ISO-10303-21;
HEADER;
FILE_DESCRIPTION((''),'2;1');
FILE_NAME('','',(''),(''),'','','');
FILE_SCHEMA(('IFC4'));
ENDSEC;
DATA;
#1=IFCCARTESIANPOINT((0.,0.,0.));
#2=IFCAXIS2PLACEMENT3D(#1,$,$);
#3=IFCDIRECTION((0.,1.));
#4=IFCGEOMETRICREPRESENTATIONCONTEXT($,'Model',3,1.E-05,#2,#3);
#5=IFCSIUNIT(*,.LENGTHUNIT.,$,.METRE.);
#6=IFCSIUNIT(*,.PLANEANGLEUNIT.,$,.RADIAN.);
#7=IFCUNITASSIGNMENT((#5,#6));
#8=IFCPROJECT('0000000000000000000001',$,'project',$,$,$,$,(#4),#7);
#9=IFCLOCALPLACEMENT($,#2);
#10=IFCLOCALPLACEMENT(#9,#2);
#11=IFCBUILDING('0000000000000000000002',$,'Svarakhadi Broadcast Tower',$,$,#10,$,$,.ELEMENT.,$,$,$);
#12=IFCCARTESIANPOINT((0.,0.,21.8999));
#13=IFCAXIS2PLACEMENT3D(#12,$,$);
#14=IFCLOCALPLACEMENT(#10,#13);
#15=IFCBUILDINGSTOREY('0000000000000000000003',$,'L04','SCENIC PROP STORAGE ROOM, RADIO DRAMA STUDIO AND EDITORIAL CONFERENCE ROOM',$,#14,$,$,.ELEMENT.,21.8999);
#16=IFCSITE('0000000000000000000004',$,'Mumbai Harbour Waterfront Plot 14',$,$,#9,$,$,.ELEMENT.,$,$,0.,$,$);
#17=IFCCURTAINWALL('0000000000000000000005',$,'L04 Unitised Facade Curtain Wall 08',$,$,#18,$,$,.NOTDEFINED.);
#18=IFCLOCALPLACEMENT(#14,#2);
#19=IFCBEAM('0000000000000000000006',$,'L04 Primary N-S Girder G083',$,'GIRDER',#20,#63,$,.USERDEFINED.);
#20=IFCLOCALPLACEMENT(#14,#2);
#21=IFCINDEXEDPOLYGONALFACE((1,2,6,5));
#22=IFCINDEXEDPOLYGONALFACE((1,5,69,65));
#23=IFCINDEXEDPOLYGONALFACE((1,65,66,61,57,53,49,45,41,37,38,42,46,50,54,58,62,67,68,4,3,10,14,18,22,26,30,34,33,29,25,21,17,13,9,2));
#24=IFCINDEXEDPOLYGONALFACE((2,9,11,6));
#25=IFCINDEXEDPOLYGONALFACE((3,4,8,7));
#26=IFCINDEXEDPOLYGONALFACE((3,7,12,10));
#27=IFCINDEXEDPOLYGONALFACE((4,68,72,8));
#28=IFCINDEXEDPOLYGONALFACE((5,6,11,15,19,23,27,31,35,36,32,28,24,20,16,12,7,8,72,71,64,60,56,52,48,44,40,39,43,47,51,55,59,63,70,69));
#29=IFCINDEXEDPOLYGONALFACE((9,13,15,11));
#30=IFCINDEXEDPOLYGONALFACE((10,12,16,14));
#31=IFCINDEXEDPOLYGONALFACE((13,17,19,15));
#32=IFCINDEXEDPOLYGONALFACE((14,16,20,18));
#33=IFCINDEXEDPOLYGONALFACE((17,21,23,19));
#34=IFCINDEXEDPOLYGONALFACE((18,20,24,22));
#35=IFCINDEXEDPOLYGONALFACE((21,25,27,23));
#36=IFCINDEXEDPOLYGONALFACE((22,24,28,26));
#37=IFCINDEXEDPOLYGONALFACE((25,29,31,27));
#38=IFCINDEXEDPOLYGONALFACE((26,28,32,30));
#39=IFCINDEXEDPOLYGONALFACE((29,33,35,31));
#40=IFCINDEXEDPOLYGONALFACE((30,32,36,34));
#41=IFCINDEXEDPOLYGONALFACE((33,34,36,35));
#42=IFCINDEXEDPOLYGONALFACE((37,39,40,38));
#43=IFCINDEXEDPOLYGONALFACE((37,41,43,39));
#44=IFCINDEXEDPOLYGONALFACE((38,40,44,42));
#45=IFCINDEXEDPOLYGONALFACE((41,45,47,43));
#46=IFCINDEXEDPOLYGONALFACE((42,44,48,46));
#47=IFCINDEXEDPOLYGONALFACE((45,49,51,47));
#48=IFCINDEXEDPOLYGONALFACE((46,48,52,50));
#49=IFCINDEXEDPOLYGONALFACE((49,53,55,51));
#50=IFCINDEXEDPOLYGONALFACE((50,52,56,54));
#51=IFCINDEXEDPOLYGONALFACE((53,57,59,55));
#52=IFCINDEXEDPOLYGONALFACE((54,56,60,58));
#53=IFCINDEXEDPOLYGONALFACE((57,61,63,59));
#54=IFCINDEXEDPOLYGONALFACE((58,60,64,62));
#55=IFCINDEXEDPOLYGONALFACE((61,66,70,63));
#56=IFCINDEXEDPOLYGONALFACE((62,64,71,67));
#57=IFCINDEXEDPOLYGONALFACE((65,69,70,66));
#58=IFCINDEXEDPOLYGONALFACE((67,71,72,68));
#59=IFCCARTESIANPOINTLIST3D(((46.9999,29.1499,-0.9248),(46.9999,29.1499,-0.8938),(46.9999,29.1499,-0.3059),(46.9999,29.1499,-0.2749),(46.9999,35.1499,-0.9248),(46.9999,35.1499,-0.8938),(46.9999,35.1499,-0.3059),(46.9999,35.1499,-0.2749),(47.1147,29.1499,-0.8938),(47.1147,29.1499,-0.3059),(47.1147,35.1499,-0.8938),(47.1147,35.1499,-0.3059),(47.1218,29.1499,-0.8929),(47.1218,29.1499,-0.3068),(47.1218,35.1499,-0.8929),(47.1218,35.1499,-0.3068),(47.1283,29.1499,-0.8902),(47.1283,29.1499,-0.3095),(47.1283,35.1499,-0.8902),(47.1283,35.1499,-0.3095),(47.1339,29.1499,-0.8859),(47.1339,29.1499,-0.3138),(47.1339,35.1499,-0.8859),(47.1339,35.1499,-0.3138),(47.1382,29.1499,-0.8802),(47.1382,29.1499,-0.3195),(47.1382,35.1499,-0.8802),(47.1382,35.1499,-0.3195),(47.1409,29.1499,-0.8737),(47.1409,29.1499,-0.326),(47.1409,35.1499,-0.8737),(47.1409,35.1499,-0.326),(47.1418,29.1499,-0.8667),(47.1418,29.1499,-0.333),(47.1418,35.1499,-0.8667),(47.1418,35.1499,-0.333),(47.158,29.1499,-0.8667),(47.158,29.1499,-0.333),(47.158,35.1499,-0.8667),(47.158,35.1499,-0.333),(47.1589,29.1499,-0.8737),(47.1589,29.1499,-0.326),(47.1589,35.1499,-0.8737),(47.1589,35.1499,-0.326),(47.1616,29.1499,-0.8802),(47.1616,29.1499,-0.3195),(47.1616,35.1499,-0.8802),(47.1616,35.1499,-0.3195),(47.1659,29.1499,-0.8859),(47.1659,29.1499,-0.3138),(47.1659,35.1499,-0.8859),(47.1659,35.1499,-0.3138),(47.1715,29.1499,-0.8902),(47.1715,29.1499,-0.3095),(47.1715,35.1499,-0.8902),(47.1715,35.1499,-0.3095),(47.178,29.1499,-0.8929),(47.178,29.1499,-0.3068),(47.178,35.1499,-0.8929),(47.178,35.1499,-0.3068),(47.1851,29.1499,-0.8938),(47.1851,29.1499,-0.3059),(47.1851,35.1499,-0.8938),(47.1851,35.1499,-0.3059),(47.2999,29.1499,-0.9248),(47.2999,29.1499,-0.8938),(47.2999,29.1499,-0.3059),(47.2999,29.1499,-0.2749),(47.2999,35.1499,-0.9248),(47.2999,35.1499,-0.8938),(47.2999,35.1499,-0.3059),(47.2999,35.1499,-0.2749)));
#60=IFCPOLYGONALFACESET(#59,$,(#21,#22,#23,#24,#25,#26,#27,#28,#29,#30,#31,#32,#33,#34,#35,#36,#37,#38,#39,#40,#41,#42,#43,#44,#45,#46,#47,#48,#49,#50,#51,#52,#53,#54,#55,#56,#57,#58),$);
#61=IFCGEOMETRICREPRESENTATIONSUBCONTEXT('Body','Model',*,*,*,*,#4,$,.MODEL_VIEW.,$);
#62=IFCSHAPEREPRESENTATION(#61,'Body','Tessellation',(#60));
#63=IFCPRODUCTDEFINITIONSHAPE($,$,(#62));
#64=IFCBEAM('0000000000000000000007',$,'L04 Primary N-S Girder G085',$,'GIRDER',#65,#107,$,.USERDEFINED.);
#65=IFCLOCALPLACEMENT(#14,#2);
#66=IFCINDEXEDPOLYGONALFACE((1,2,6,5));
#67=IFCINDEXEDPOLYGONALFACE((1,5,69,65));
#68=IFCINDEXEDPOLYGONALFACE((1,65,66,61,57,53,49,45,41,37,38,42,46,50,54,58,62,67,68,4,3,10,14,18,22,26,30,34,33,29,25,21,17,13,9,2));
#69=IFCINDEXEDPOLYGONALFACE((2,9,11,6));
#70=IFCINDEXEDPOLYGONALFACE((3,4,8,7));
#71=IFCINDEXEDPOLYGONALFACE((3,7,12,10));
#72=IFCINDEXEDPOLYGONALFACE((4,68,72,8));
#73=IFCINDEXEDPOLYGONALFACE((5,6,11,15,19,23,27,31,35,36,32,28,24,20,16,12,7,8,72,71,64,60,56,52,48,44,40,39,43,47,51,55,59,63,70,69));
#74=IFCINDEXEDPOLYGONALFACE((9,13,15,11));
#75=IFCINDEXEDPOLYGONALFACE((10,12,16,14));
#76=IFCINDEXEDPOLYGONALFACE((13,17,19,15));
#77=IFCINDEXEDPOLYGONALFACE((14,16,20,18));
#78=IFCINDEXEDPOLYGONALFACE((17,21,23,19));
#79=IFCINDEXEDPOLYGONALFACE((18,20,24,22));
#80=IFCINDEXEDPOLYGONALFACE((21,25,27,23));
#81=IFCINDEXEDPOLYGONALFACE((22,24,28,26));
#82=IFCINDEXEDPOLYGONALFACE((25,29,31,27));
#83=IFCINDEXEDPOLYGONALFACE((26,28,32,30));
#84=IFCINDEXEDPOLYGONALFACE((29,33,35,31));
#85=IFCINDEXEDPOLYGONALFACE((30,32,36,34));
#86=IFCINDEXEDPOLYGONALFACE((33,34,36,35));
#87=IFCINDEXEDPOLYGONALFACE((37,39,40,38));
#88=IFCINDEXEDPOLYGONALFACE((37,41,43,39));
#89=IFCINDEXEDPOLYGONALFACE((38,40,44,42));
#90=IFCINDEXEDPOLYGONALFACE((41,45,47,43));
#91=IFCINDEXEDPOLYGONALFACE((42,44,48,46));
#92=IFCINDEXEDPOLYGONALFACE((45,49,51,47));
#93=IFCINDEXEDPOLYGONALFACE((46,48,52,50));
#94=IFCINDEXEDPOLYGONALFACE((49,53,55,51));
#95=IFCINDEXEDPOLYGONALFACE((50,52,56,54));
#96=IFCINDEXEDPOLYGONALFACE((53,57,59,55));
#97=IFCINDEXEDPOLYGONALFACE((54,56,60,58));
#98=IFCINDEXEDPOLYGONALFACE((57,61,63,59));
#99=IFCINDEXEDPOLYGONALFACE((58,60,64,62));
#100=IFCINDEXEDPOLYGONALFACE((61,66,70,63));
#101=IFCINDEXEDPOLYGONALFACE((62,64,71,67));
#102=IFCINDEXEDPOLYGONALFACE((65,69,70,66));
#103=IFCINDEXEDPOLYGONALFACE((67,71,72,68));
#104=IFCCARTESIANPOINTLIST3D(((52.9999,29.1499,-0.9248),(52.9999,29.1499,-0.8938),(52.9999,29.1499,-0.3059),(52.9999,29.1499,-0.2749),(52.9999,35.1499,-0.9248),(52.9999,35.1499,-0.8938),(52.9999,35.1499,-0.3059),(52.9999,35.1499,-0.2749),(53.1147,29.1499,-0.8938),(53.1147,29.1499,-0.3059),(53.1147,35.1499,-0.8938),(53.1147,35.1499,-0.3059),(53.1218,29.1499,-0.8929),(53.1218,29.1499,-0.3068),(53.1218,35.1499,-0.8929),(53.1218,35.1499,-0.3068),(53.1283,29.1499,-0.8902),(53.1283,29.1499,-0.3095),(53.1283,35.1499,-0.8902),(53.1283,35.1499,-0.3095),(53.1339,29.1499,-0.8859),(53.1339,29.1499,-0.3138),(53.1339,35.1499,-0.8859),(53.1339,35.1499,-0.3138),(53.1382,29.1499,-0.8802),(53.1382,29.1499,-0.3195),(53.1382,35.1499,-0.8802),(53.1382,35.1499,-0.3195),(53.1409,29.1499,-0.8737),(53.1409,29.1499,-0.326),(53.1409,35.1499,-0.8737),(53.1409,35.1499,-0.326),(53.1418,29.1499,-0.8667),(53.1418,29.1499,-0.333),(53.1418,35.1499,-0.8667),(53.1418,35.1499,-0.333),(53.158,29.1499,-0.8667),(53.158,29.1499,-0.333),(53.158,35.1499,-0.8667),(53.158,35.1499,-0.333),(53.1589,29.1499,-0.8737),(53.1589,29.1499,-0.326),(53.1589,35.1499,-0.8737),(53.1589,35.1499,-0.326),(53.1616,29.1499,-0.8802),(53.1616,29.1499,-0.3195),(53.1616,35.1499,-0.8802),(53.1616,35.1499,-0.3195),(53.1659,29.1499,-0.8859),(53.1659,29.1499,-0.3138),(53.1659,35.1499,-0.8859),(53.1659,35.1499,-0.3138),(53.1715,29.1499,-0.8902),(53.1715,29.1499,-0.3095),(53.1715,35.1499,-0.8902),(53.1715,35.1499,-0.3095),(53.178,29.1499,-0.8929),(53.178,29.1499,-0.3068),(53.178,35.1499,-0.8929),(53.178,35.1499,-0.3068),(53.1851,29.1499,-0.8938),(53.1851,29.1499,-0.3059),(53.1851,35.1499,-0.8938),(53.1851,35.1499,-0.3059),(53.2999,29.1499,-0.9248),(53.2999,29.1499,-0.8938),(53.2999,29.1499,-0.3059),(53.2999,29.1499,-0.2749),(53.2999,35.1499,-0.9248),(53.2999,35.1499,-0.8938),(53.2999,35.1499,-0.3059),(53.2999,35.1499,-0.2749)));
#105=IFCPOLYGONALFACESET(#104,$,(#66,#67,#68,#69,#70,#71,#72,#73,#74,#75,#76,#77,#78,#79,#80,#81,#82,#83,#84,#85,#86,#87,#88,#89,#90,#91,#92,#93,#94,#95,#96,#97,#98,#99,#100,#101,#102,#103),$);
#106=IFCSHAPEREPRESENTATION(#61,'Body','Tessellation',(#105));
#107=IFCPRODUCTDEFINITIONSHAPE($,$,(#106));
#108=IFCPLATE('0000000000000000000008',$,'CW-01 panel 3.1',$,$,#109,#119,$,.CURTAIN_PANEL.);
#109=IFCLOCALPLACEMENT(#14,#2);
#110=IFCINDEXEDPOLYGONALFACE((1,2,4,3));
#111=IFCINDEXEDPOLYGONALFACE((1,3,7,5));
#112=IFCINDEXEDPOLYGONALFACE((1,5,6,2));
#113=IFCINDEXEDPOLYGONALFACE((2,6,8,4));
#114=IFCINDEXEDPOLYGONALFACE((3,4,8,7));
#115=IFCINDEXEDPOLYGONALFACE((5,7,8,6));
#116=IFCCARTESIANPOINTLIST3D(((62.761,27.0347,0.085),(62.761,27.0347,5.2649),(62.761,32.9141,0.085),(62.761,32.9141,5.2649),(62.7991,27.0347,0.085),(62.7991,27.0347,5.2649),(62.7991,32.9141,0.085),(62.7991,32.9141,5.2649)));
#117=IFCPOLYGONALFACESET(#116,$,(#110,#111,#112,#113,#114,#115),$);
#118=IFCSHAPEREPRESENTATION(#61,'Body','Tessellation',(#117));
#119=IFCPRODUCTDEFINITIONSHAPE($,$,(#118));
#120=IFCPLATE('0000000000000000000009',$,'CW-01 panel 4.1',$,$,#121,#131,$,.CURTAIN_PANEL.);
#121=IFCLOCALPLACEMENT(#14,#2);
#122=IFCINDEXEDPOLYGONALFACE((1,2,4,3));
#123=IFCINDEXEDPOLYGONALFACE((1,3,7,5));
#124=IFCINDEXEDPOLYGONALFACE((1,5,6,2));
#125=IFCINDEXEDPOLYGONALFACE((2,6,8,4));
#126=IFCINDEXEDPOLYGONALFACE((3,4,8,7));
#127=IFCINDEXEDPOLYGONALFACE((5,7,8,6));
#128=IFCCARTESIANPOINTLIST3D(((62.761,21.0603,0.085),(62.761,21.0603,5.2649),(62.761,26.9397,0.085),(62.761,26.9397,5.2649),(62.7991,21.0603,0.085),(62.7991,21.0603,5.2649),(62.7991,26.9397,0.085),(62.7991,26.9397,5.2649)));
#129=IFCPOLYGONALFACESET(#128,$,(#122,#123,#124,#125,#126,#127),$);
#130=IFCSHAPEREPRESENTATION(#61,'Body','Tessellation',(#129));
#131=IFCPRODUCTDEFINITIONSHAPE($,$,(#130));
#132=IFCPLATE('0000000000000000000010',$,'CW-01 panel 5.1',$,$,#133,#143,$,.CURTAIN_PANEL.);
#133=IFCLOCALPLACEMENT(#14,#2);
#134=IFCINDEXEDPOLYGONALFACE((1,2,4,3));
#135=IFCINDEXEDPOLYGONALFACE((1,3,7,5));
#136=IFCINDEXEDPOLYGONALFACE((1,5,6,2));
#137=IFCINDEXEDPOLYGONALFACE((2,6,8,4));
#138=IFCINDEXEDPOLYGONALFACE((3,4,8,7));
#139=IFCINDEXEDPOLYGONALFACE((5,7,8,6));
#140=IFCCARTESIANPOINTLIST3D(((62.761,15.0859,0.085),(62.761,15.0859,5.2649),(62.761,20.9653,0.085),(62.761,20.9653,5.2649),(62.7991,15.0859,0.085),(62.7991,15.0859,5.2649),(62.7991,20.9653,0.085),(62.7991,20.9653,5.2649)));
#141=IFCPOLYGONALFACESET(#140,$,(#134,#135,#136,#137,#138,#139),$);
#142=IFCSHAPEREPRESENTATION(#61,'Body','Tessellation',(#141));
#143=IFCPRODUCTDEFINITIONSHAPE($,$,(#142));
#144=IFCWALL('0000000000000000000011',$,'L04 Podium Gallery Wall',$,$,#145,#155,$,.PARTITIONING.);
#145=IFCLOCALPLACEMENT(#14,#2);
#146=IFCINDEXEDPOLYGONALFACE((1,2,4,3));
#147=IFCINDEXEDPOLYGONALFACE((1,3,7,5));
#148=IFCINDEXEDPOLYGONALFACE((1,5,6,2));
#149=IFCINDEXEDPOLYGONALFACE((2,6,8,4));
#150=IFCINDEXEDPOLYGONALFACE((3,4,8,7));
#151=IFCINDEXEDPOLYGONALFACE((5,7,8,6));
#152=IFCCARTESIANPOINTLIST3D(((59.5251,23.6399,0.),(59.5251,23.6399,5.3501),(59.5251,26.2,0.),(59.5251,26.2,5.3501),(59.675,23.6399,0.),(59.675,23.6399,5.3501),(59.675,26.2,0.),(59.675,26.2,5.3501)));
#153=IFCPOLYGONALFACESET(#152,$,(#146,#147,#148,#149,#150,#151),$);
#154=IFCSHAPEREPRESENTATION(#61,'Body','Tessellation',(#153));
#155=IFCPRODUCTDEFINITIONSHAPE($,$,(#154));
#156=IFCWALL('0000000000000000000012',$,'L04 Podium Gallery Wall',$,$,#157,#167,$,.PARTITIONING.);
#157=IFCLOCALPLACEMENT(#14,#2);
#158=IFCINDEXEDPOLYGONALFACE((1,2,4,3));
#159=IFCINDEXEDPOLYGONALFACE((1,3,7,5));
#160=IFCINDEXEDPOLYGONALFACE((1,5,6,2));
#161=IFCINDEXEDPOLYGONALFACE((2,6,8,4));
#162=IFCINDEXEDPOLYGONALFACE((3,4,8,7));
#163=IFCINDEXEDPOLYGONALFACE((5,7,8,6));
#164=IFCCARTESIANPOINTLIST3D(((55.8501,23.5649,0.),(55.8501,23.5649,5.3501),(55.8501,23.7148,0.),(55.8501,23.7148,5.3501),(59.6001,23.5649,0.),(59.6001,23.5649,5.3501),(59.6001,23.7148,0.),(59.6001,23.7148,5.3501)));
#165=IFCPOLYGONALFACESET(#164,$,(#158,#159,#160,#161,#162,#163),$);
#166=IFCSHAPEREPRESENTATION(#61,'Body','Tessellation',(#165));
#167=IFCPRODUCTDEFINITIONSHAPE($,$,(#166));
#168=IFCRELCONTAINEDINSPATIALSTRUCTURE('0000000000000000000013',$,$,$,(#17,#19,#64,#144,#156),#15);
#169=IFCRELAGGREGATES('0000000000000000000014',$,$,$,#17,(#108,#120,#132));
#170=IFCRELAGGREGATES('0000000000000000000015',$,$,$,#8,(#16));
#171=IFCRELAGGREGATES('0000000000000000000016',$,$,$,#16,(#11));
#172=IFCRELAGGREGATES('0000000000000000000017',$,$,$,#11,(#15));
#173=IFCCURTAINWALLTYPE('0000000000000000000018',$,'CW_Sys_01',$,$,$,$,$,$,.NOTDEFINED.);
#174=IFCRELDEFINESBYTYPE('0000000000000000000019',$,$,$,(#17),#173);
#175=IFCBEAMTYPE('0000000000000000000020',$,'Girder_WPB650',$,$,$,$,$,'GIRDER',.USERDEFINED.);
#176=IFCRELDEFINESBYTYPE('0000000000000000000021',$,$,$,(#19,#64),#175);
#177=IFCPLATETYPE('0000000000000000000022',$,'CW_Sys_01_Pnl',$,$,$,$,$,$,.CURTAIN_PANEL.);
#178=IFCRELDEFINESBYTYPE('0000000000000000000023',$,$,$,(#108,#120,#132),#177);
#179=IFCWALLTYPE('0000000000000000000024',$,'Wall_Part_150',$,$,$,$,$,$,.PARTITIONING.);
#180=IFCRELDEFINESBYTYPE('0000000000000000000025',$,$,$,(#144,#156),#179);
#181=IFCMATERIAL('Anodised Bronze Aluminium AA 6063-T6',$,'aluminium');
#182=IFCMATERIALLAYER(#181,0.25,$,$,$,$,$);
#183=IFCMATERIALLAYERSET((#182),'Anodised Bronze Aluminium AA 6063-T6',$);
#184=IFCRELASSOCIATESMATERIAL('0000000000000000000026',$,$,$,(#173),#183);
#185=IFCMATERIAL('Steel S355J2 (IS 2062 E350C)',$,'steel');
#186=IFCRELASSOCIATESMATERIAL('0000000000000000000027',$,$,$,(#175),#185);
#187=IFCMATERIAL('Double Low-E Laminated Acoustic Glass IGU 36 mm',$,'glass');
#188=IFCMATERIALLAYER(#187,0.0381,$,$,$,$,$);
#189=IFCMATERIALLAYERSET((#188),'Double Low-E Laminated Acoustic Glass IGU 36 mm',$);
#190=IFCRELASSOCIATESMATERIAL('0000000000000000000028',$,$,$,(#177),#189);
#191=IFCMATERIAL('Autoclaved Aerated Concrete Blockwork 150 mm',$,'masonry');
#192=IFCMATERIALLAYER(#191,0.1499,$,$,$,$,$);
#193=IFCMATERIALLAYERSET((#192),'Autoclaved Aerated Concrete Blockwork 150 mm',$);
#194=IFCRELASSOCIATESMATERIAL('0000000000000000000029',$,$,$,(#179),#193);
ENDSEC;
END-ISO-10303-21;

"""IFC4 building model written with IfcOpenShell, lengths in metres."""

from ifc_helpers import new_model, si_unit, direction, frame, frame_2d, origin, origin_2d, place, context, subcontext, project, spatial, rectangle, i_section, extrude, material, layer, layer_set, material_profile, profile_set, type_object, element, aggregate, save


model = new_model("IFC4")

# Units and contexts
model_context = context("Model", 3, precision=1e-05, world=origin(), true_north=direction((0.0, 1.0)))
body_context = subcontext(model_context, "Body", "Model", "MODEL_VIEW")
ifc_project = project(units=[si_unit("LENGTHUNIT", "METRE"), si_unit("PLANEANGLEUNIT", "RADIAN")], contexts=[model_context])

# Site, building, storey
site_placement = place(None, origin())
site = spatial("IfcSite", under=ifc_project, at=site_placement, Name="Mumbai Harbour Waterfront Plot 14", CompositionType="ELEMENT", RefElevation=0.0)
building_placement = place(site_placement, origin())
building = spatial("IfcBuilding", under=site, at=building_placement, Name="Svarakhadi Broadcast Tower", CompositionType="ELEMENT")
storey_placement = place(building_placement, frame((0.0, 0.0, 21.8999)))
storey = spatial("IfcBuildingStorey", under=building, at=storey_placement, Name="L04", Description="SCENIC PROP STORAGE ROOM, RADIO DRAMA STUDIO AND EDITORIAL CONFERENCE ROOM", CompositionType="ELEMENT", Elevation=21.8999)

# Shared definitions
ifc_material_1 = material(Name="Steel S355J2 (IS 2062 E350C)", Category="steel")

# Curtain wall
ifc_material_2 = material(Name="Anodised Bronze Aluminium AA 6063-T6", Category="aluminium")
ifc_layer_1 = layer(ifc_material_2, 0.25)
ifc_layer_set_1 = layer_set([ifc_layer_1], Name="Anodised Bronze Aluminium AA 6063-T6")
curtain_wall_type = type_object("IfcCurtainWallType", Name="CW_Sys_01", PredefinedType="NOTDEFINED", material=ifc_layer_set_1)
curtain_wall_placement = place(storey_placement, origin())
curtain_wall = element("IfcCurtainWall", 1, at=curtain_wall_placement, inside=storey, type_object=curtain_wall_type, Name="L04 Unitised Facade Curtain Wall 08", PredefinedType="NOTDEFINED")

# Beams
ifc_material_profile_1 = material_profile(ifc_material_1, i_section(OverallWidth=0.3, OverallDepth=0.6499, WebThickness=0.0161, FlangeThickness=0.031, FilletRadius=0.0271, at=origin_2d()), Name="WPB 650x300x225")
ifc_profile_set_1 = profile_set([ifc_material_profile_1], Name="Steel S355J2 (IS 2062 E350C)")
beam_type_1 = type_object("IfcBeamType", Name="Girder_WPB650", ElementType="GIRDER", PredefinedType="USERDEFINED", material=ifc_profile_set_1)
for number, where, z_axis, x_axis, name in (
    (2, (47.1499, 29.1499, -0.5999), (0.0, 1.0, 0.0), (-1.0, 0.0, 0.0), "L04 Primary N-S Girder G083"),
    (3, (53.1499, 29.1499, -0.5999), (0.0, 1.0, 0.0), (-1.0, 0.0, 0.0), "L04 Primary N-S Girder G085"),
):
    element("IfcBeam", number, at=place(storey_placement, frame(where, z_axis=z_axis, x_axis=x_axis)), inside=storey, type_object=beam_type_1, Name=name, ObjectType="GIRDER", PredefinedType="USERDEFINED", context=body_context, shape_type="SweptSolid", body=[
        extrude(i_section(OverallWidth=0.3, OverallDepth=0.6499, WebThickness=0.0161, FlangeThickness=0.031, FilletRadius=0.0271, at=origin_2d()), origin(), (0.0, 0.0, 1.0), 6.0),
    ])

# Plates
ifc_material_3 = material(Name="Double Low-E Laminated Acoustic Glass IGU 36 mm", Category="glass")
ifc_layer_2 = layer(ifc_material_3, 0.0381)
ifc_layer_set_2 = layer_set([ifc_layer_2], Name="Double Low-E Laminated Acoustic Glass IGU 36 mm")
plate_type = type_object("IfcPlateType", Name="CW_Sys_01_Pnl", PredefinedType="CURTAIN_PANEL", material=ifc_layer_set_2)
plate_1_placement = place(storey_placement, frame((62.78, 29.9744, 0.085), z_axis=(0.0, 0.0, 1.0), x_axis=(0.0, -1.0, 0.0)))
plate_1 = element("IfcPlate", 4, at=plate_1_placement, type_object=plate_type, Name="CW-01 panel 3.1", PredefinedType="CURTAIN_PANEL", context=body_context, shape_type="SweptSolid", body=[
    extrude(rectangle(XDim=5.8794, YDim=0.0381, at=origin_2d()), origin(), (0.0, 0.0, 1.0), 5.1799),
])
plate_2_placement = place(storey_placement, frame((62.78, 24.0, 0.085), z_axis=(0.0, 0.0, 1.0), x_axis=(0.0, -1.0, 0.0)))
plate_2 = element("IfcPlate", 5, at=plate_2_placement, type_object=plate_type, Name="CW-01 panel 4.1", PredefinedType="CURTAIN_PANEL", context=body_context, shape_type="SweptSolid", body=[
    extrude(rectangle(XDim=5.8794, YDim=0.0381, at=origin_2d()), origin(), (0.0, 0.0, 1.0), 5.1799),
])
plate_3_placement = place(storey_placement, frame((62.78, 18.0256, 0.085), z_axis=(0.0, 0.0, 1.0), x_axis=(0.0, -1.0, 0.0)))
plate_3 = element("IfcPlate", 6, at=plate_3_placement, type_object=plate_type, Name="CW-01 panel 5.1", PredefinedType="CURTAIN_PANEL", context=body_context, shape_type="SweptSolid", body=[
    extrude(rectangle(XDim=5.8794, YDim=0.0381, at=origin_2d()), origin(), (0.0, 0.0, 1.0), 5.1799),
])
aggregate(curtain_wall, [plate_1, plate_2, plate_3])

# Walls
ifc_material_4 = material(Name="Autoclaved Aerated Concrete Blockwork 150 mm", Category="masonry")
ifc_layer_3 = layer(ifc_material_4, 0.1499)
ifc_layer_set_3 = layer_set([ifc_layer_3], Name="Autoclaved Aerated Concrete Blockwork 150 mm")
wall_type_1 = type_object("IfcWallType", Name="Wall_Part_150", PredefinedType="PARTITIONING", material=ifc_layer_set_3)
wall_1_placement = place(storey_placement, frame((59.6001, 26.2, 0.0), z_axis=(0.0, 0.0, 1.0), x_axis=(0.0, -1.0, 0.0)))
element("IfcWall", 7, at=wall_1_placement, inside=storey, type_object=wall_type_1, Name="L04 Podium Gallery Wall", PredefinedType="PARTITIONING", context=body_context, shape_type="SweptSolid", body=[
    extrude(rectangle(XDim=2.5601, YDim=0.1499, at=frame_2d((1.28, 0.0))), origin(), (0.0, 0.0, 1.0), 5.3501),
])
wall_2_placement = place(storey_placement, frame((59.6001, 23.6399, 0.0), z_axis=(0.0, 0.0, 1.0), x_axis=(-1.0, 0.0, 0.0)))
element("IfcWall", 8, at=wall_2_placement, inside=storey, type_object=wall_type_1, Name="L04 Podium Gallery Wall", PredefinedType="PARTITIONING", context=body_context, shape_type="SweptSolid", body=[
    extrude(rectangle(XDim=3.75, YDim=0.1499, at=frame_2d((1.875, 0.0))), origin(), (0.0, 0.0, 1.0), 5.3501),
])

save(model, "model.ifc")
